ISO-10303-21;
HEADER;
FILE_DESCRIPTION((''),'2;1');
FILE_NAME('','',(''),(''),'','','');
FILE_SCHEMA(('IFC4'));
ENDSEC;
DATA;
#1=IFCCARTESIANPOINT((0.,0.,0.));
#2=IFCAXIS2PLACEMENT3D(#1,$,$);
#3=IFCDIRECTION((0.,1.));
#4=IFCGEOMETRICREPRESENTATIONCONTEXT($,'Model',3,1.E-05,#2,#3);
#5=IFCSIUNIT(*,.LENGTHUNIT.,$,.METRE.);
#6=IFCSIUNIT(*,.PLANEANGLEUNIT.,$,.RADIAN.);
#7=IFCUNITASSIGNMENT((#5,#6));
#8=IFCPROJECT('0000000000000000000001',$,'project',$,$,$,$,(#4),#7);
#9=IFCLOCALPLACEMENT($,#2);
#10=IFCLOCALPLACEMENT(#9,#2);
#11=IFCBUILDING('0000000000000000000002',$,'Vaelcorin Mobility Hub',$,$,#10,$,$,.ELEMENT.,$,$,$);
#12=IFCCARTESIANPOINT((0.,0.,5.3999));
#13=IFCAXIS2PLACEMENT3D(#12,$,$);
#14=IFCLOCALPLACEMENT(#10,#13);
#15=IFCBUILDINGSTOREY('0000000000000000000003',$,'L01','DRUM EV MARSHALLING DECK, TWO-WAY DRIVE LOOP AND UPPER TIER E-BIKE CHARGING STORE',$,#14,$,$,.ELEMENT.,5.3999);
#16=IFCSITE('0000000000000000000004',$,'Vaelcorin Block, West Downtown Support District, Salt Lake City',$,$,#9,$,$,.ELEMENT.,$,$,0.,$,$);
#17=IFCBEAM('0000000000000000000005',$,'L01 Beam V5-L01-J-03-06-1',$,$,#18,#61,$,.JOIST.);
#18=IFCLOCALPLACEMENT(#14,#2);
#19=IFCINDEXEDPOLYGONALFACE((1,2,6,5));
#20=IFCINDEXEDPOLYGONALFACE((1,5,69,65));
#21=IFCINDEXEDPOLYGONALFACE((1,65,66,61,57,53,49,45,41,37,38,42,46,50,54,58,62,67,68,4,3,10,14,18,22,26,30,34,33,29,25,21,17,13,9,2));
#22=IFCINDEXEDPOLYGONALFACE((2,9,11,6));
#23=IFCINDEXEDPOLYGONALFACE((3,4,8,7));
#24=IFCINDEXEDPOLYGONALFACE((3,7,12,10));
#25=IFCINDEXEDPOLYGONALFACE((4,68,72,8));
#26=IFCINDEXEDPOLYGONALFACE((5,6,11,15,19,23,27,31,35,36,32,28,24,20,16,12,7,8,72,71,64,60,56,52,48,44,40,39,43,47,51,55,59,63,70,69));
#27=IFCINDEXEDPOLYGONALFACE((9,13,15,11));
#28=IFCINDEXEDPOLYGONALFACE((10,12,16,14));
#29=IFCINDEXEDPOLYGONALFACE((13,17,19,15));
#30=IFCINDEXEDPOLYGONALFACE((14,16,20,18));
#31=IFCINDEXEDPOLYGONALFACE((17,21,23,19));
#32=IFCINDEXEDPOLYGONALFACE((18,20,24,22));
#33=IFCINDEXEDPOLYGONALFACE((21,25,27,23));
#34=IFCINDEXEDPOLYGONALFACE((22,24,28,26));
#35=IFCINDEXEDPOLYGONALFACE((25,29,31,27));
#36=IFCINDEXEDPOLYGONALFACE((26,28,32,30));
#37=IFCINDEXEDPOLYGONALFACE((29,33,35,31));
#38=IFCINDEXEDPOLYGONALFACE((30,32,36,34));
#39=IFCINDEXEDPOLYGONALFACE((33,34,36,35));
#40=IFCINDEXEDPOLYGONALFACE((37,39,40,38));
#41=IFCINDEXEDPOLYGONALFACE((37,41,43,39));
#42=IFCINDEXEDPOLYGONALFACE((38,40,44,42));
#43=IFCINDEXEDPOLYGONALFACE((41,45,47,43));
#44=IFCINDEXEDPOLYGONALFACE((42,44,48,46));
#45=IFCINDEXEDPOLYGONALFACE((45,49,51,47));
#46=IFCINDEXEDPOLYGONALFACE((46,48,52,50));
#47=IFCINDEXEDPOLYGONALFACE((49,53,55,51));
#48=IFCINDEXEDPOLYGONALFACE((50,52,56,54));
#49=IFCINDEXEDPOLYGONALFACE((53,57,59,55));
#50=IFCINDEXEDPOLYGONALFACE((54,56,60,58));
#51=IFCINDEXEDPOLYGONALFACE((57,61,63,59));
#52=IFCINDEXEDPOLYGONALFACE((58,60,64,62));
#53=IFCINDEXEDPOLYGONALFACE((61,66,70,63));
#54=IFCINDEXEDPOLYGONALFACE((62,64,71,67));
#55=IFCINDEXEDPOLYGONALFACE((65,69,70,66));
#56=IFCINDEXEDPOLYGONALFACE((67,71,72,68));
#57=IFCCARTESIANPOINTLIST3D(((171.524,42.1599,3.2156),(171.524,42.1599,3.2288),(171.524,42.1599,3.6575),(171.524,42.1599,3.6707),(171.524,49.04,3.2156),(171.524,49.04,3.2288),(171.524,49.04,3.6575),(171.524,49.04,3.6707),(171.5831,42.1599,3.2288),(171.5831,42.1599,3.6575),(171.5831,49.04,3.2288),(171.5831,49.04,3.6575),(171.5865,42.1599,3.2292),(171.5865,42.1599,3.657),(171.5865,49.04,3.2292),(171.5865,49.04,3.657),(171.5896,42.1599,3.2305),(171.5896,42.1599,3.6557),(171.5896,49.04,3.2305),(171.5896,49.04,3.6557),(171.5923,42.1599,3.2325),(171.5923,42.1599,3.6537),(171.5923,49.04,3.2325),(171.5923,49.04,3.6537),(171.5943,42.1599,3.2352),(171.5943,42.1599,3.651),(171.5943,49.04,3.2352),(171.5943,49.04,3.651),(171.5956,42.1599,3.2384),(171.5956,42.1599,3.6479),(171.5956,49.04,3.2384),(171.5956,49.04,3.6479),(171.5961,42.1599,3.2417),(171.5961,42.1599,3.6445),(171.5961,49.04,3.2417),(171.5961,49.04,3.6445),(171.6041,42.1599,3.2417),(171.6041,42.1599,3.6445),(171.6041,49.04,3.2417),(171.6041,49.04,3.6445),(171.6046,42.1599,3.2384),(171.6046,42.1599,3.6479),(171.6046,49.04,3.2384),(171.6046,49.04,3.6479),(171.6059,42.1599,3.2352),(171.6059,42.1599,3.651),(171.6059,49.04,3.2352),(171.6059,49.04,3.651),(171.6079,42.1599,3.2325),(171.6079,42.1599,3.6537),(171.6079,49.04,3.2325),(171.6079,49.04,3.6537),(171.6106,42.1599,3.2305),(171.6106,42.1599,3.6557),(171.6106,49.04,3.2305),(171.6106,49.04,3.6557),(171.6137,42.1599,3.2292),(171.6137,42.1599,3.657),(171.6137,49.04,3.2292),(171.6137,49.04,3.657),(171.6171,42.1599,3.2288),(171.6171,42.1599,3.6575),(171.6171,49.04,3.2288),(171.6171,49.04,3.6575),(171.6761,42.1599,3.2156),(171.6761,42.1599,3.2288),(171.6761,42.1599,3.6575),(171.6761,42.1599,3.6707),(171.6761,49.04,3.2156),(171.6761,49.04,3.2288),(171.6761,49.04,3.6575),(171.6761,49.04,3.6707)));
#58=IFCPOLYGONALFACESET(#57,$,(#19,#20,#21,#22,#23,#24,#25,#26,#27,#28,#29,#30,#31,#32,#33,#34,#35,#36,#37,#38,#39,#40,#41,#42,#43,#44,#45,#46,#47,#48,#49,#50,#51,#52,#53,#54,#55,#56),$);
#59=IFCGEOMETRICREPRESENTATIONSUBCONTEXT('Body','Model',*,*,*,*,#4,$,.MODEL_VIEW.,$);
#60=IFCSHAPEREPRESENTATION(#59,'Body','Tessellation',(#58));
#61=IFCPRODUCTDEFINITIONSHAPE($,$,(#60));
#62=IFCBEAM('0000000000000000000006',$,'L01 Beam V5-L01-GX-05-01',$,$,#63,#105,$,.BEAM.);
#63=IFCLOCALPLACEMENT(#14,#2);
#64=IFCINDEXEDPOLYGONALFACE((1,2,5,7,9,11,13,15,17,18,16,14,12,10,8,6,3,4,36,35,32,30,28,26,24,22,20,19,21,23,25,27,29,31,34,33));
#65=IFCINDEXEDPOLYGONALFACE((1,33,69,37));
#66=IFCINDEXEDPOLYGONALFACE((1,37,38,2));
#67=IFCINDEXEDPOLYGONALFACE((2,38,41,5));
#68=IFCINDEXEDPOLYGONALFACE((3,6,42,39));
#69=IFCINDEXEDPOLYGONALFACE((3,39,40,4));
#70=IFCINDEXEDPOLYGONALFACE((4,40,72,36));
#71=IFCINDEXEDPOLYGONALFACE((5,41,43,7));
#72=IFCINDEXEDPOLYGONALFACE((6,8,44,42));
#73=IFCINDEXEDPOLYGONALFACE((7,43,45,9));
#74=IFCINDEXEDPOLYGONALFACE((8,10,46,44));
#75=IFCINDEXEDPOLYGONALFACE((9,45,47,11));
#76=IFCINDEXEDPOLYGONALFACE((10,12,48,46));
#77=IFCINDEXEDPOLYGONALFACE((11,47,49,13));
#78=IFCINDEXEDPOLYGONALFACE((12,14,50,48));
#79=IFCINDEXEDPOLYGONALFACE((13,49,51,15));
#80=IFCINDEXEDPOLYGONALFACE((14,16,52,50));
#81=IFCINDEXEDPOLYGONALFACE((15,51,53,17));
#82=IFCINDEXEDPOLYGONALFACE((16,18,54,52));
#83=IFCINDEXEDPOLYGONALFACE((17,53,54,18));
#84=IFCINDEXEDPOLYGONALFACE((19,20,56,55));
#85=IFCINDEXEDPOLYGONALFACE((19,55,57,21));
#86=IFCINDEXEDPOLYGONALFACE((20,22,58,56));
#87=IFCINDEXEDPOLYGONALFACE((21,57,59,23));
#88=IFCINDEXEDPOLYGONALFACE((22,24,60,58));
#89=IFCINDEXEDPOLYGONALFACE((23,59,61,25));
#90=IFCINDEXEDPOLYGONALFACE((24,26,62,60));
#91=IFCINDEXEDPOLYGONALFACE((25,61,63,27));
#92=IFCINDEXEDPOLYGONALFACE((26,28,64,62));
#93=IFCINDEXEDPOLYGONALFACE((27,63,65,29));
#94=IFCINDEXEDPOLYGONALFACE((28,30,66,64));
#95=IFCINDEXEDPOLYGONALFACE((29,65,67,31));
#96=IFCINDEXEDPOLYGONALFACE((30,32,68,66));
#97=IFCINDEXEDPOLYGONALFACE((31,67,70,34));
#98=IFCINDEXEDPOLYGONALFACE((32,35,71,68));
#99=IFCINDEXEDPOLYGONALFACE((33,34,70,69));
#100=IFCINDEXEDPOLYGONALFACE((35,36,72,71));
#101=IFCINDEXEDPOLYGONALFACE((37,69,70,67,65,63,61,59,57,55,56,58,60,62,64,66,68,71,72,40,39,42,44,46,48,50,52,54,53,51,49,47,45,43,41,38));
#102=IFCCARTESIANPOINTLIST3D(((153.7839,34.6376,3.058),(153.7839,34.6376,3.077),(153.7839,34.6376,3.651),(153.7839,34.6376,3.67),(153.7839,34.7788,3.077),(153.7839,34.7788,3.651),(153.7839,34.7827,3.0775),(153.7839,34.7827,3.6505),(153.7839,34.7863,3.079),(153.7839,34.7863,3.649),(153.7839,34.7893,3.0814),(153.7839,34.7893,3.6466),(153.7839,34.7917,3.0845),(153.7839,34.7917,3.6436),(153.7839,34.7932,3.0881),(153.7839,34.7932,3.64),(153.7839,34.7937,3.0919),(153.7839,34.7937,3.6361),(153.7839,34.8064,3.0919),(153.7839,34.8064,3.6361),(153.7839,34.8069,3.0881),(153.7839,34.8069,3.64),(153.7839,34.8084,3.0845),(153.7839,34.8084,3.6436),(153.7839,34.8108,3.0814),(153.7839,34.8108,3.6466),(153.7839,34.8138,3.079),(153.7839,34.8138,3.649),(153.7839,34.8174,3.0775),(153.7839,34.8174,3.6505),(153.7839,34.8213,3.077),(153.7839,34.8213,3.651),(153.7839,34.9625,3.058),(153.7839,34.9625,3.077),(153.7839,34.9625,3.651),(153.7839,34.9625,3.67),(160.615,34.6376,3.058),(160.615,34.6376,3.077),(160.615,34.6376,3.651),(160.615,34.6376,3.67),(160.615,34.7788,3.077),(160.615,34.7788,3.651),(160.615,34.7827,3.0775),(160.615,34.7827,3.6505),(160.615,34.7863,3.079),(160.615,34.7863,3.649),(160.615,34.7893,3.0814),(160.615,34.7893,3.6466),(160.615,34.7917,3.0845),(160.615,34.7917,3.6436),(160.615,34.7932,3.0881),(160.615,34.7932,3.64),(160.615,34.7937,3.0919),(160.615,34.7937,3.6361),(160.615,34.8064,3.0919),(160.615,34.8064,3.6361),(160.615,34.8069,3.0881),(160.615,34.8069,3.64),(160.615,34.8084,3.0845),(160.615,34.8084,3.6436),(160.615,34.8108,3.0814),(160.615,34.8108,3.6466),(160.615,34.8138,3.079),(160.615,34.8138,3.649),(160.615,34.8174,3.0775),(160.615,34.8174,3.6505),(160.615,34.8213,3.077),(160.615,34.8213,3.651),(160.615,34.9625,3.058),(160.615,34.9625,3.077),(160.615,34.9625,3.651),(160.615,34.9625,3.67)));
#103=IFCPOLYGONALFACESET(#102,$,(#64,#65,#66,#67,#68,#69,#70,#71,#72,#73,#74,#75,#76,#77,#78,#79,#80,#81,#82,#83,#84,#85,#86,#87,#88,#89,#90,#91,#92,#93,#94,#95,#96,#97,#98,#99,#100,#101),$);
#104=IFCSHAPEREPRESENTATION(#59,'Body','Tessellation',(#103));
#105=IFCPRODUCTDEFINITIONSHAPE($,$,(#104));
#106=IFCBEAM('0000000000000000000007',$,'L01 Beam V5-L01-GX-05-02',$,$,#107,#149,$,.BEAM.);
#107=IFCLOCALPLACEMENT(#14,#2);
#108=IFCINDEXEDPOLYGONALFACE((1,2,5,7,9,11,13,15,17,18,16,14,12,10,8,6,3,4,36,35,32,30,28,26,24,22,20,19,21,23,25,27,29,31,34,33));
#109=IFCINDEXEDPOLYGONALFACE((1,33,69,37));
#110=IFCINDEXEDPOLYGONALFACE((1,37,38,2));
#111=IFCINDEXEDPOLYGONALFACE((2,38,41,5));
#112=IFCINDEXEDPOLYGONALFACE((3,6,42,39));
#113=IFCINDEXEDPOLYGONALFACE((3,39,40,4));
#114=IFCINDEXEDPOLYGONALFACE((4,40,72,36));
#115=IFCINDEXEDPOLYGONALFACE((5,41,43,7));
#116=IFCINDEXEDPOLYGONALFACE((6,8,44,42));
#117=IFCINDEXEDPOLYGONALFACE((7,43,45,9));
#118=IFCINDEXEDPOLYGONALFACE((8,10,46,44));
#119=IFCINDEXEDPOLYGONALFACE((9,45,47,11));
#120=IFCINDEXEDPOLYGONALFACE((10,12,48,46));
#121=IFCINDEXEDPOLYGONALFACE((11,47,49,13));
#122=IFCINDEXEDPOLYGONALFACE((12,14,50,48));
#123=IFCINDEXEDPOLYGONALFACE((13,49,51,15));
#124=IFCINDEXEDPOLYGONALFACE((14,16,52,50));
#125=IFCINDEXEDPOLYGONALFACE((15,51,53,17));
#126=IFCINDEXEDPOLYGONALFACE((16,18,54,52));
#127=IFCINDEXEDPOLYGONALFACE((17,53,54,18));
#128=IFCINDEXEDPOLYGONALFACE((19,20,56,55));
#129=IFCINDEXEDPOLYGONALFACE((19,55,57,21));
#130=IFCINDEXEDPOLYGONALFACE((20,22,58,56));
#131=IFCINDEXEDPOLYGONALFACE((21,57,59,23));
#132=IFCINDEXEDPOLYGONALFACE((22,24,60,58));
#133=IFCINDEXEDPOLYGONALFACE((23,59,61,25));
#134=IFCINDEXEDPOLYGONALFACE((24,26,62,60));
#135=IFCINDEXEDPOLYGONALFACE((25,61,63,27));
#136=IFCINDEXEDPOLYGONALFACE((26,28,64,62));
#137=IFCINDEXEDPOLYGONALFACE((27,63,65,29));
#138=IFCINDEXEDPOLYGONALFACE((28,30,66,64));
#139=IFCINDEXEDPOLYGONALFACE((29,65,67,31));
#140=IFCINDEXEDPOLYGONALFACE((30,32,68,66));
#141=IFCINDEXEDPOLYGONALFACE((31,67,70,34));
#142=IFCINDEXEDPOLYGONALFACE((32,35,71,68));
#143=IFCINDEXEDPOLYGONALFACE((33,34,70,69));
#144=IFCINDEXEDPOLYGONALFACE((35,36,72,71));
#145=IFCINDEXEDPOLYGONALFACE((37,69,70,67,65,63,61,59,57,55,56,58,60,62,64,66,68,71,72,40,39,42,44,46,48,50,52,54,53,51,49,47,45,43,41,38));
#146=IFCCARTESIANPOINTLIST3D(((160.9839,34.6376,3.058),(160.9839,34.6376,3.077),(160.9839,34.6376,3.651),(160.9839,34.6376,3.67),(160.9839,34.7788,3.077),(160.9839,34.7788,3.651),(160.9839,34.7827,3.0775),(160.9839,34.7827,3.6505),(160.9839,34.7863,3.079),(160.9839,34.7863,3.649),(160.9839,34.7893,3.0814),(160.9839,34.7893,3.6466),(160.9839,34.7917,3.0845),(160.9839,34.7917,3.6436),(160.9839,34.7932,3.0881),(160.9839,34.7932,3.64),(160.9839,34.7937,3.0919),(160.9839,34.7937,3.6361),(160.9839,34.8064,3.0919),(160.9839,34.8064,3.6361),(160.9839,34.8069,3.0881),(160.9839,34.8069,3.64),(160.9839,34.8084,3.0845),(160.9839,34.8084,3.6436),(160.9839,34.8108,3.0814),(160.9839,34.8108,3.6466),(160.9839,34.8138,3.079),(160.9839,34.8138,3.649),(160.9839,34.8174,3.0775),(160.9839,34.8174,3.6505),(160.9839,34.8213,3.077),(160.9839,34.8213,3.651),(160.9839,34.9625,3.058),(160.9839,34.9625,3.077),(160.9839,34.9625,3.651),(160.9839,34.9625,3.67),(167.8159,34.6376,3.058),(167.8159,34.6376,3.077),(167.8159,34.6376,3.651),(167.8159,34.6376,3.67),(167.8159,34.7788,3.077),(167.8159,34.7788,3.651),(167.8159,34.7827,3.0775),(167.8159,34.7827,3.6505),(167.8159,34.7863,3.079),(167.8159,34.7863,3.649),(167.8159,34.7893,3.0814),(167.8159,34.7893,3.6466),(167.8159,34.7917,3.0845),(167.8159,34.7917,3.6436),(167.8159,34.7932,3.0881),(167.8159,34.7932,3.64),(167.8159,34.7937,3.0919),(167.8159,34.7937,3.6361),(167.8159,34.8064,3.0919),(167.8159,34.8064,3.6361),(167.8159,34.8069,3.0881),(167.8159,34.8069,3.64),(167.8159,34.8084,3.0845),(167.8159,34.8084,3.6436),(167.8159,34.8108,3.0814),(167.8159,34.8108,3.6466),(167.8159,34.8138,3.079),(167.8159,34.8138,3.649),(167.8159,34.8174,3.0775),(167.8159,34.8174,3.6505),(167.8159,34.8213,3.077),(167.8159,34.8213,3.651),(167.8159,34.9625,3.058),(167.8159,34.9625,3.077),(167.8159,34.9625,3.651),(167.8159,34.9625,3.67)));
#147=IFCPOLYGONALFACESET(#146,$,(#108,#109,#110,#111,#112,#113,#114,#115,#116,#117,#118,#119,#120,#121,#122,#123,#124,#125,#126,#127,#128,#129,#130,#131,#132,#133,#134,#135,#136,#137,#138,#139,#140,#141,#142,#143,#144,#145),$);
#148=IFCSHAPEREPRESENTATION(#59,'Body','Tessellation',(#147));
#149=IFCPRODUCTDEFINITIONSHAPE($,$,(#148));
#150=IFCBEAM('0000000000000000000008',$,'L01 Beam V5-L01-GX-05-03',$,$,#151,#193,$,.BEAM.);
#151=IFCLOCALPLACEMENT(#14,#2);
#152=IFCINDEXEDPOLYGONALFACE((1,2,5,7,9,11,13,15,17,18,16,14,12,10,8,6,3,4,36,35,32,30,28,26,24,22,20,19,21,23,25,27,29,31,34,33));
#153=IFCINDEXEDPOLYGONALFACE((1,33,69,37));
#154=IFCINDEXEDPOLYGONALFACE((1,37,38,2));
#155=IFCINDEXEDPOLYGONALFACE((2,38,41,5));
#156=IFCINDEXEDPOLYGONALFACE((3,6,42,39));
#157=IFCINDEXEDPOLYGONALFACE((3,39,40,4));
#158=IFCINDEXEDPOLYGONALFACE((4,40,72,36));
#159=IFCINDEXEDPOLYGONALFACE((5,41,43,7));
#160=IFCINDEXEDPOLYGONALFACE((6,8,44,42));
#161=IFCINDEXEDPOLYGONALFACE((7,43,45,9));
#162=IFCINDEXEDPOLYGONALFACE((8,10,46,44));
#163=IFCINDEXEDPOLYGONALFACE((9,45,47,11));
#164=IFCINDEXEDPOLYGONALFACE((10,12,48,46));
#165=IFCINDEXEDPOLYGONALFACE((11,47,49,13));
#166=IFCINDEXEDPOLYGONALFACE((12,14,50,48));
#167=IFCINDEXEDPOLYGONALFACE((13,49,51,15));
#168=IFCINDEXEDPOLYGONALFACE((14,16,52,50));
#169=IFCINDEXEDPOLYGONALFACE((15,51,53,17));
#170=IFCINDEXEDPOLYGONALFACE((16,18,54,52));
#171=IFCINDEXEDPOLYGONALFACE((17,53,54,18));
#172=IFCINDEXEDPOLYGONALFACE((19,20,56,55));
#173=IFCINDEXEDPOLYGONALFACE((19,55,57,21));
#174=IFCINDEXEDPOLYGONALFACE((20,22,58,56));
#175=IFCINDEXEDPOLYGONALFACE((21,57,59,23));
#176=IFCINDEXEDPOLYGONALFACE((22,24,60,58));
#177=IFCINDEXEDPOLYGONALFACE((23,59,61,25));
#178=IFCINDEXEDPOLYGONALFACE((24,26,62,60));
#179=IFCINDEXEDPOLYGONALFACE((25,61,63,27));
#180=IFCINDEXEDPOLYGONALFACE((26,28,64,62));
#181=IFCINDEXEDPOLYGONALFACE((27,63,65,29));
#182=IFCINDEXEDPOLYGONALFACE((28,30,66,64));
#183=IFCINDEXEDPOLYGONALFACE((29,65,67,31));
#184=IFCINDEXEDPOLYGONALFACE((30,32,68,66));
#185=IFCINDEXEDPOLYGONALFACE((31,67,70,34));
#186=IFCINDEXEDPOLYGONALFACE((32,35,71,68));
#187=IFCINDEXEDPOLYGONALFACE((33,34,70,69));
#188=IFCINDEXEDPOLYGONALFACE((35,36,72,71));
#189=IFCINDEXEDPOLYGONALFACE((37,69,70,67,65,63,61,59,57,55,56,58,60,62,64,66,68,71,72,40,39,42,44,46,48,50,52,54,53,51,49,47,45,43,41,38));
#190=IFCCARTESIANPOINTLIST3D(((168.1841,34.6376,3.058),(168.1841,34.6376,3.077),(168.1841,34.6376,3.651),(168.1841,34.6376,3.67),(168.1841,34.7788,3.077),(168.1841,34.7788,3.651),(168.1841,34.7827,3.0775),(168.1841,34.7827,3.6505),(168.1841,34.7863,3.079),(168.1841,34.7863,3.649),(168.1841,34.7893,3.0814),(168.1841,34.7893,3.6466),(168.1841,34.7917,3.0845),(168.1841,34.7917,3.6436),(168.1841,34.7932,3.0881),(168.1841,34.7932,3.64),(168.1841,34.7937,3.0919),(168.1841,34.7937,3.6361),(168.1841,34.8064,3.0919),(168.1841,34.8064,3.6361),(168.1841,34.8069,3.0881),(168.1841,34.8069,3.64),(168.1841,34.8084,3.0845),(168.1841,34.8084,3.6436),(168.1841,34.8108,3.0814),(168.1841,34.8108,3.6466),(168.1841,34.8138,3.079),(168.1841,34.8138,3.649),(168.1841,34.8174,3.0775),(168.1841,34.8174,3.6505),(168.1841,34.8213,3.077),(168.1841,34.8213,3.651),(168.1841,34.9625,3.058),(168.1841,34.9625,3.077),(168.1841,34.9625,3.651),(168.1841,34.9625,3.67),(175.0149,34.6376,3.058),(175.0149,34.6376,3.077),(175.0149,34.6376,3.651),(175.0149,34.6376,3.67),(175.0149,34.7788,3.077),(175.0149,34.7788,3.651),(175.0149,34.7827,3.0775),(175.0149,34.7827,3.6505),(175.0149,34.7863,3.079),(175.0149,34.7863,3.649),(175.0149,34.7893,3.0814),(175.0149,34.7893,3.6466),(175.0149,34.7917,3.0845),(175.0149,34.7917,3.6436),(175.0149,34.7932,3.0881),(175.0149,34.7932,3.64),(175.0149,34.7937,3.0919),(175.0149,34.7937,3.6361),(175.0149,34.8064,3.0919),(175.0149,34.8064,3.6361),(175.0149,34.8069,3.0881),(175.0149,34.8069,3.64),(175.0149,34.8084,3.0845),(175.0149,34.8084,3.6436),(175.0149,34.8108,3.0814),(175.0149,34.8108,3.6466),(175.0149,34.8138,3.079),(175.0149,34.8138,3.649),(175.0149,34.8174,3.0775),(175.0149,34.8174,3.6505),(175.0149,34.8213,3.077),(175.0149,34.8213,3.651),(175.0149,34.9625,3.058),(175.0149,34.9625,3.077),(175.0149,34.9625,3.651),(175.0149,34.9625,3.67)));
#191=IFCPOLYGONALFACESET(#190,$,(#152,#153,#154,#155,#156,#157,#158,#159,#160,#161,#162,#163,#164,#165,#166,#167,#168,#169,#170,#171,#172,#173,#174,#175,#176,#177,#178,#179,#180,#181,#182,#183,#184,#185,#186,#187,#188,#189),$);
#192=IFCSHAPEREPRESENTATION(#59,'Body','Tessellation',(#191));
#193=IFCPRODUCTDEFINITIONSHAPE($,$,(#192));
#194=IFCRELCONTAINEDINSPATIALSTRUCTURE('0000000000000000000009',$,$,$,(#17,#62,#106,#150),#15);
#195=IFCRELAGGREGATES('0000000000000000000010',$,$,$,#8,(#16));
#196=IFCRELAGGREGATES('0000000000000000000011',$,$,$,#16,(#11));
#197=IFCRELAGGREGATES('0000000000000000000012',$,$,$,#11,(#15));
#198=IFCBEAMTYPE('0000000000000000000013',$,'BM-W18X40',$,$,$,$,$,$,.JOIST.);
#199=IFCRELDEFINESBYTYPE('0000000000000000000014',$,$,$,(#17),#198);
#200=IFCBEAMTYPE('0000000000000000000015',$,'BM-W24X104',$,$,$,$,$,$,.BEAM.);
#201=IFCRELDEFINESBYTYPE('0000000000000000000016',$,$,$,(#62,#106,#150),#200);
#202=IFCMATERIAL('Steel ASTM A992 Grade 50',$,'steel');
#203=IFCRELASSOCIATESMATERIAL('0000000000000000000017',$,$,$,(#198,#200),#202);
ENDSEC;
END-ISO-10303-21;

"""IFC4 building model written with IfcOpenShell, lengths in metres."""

from ifc_helpers import new_model, si_unit, direction, frame, origin, origin_2d, place, context, subcontext, project, spatial, i_section, extrude, material, material_profile, profile_set, type_object, element, save


model = new_model("IFC4")

# Units and contexts
model_context = context("Model", 3, precision=1e-05, world=origin(), true_north=direction((0.0, 1.0)))
body_context = subcontext(model_context, "Body", "Model", "MODEL_VIEW")
ifc_project = project(units=[si_unit("LENGTHUNIT", "METRE"), si_unit("PLANEANGLEUNIT", "RADIAN")], contexts=[model_context])

# Site, building, storey
site_placement = place(None, origin())
site = spatial("IfcSite", under=ifc_project, at=site_placement, Name="Vaelcorin Block, West Downtown Support District, Salt Lake City", CompositionType="ELEMENT", RefElevation=0.0)
building_placement = place(site_placement, origin())
building = spatial("IfcBuilding", under=site, at=building_placement, Name="Vaelcorin Mobility Hub", CompositionType="ELEMENT")
storey_placement = place(building_placement, frame((0.0, 0.0, 5.3999)))
storey = spatial("IfcBuildingStorey", under=building, at=storey_placement, Name="L01", Description="DRUM EV MARSHALLING DECK, TWO-WAY DRIVE LOOP AND UPPER TIER E-BIKE CHARGING STORE", CompositionType="ELEMENT", Elevation=5.3999)

# Shared definitions
ifc_material_1 = material(Name="Steel ASTM A992 Grade 50", Category="steel")

# Beams
ifc_material_profile_1 = material_profile(ifc_material_1, i_section(OverallWidth=0.1521, OverallDepth=0.4551, WebThickness=0.0081, FlangeThickness=0.0132, FilletRadius=0.0129, at=origin_2d()), Name="W18X40")
ifc_profile_set_1 = profile_set([ifc_material_profile_1], Name="Steel ASTM A992 Grade 50")
beam_type_1 = type_object("IfcBeamType", Name="BM-W18X40", PredefinedType="JOIST", material=ifc_profile_set_1)
for number, where, z_axis, x_axis, name in (
    (1, (171.6001, 42.1599, 3.4431), (0.0, 1.0, 0.0), (-1.0, 0.0, 0.0), "L01 Beam V5-L01-J-03-06-1"),
):
    element("IfcBeam", number, at=place(storey_placement, frame(where, z_axis=z_axis, x_axis=x_axis)), inside=storey, type_object=beam_type_1, Name=name, PredefinedType="JOIST", context=body_context, shape_type="SweptSolid", body=[
        extrude(i_section(OverallWidth=0.1521, OverallDepth=0.4551, WebThickness=0.0081, FlangeThickness=0.0132, FilletRadius=0.0129, at=origin_2d()), origin(), (0.0, 0.0, 1.0), 6.8801),
    ])
ifc_material_profile_2 = material_profile(ifc_material_1, i_section(OverallWidth=0.325, OverallDepth=0.6121, WebThickness=0.0127, FlangeThickness=0.019, FilletRadius=0.0149, at=origin_2d()), Name="W24X104")
ifc_profile_set_2 = profile_set([ifc_material_profile_2], Name="Steel ASTM A992 Grade 50")
beam_type_2 = type_object("IfcBeamType", Name="BM-W24X104", PredefinedType="BEAM", material=ifc_profile_set_2)
beam_1_placement = place(storey_placement, frame((153.7839, 34.8, 3.364), z_axis=(1.0, 0.0, 0.0), x_axis=(0.0, 1.0, 0.0)))
element("IfcBeam", 2, at=beam_1_placement, inside=storey, type_object=beam_type_2, Name="L01 Beam V5-L01-GX-05-01", PredefinedType="BEAM", context=body_context, shape_type="SweptSolid", body=[
    extrude(i_section(OverallWidth=0.325, OverallDepth=0.6121, WebThickness=0.0127, FlangeThickness=0.019, FilletRadius=0.0149, at=origin_2d()), origin(), (0.0, 0.0, 1.0), 6.8311),
])
beam_2_placement = place(storey_placement, frame((160.9839, 34.8, 3.364), z_axis=(1.0, 0.0, 0.0), x_axis=(0.0, 1.0, 0.0)))
element("IfcBeam", 3, at=beam_2_placement, inside=storey, type_object=beam_type_2, Name="L01 Beam V5-L01-GX-05-02", PredefinedType="BEAM", context=body_context, shape_type="SweptSolid", body=[
    extrude(i_section(OverallWidth=0.325, OverallDepth=0.6121, WebThickness=0.0127, FlangeThickness=0.019, FilletRadius=0.0149, at=origin_2d()), origin(), (0.0, 0.0, 1.0), 6.832),
])
beam_3_placement = place(storey_placement, frame((168.1841, 34.8, 3.364), z_axis=(1.0, 0.0, 0.0), x_axis=(0.0, 1.0, 0.0)))
element("IfcBeam", 4, at=beam_3_placement, inside=storey, type_object=beam_type_2, Name="L01 Beam V5-L01-GX-05-03", PredefinedType="BEAM", context=body_context, shape_type="SweptSolid", body=[
    extrude(i_section(OverallWidth=0.325, OverallDepth=0.6121, WebThickness=0.0127, FlangeThickness=0.019, FilletRadius=0.0149, at=origin_2d()), origin(), (0.0, 0.0, 1.0), 6.8308),
])

save(model, "model.ifc")
